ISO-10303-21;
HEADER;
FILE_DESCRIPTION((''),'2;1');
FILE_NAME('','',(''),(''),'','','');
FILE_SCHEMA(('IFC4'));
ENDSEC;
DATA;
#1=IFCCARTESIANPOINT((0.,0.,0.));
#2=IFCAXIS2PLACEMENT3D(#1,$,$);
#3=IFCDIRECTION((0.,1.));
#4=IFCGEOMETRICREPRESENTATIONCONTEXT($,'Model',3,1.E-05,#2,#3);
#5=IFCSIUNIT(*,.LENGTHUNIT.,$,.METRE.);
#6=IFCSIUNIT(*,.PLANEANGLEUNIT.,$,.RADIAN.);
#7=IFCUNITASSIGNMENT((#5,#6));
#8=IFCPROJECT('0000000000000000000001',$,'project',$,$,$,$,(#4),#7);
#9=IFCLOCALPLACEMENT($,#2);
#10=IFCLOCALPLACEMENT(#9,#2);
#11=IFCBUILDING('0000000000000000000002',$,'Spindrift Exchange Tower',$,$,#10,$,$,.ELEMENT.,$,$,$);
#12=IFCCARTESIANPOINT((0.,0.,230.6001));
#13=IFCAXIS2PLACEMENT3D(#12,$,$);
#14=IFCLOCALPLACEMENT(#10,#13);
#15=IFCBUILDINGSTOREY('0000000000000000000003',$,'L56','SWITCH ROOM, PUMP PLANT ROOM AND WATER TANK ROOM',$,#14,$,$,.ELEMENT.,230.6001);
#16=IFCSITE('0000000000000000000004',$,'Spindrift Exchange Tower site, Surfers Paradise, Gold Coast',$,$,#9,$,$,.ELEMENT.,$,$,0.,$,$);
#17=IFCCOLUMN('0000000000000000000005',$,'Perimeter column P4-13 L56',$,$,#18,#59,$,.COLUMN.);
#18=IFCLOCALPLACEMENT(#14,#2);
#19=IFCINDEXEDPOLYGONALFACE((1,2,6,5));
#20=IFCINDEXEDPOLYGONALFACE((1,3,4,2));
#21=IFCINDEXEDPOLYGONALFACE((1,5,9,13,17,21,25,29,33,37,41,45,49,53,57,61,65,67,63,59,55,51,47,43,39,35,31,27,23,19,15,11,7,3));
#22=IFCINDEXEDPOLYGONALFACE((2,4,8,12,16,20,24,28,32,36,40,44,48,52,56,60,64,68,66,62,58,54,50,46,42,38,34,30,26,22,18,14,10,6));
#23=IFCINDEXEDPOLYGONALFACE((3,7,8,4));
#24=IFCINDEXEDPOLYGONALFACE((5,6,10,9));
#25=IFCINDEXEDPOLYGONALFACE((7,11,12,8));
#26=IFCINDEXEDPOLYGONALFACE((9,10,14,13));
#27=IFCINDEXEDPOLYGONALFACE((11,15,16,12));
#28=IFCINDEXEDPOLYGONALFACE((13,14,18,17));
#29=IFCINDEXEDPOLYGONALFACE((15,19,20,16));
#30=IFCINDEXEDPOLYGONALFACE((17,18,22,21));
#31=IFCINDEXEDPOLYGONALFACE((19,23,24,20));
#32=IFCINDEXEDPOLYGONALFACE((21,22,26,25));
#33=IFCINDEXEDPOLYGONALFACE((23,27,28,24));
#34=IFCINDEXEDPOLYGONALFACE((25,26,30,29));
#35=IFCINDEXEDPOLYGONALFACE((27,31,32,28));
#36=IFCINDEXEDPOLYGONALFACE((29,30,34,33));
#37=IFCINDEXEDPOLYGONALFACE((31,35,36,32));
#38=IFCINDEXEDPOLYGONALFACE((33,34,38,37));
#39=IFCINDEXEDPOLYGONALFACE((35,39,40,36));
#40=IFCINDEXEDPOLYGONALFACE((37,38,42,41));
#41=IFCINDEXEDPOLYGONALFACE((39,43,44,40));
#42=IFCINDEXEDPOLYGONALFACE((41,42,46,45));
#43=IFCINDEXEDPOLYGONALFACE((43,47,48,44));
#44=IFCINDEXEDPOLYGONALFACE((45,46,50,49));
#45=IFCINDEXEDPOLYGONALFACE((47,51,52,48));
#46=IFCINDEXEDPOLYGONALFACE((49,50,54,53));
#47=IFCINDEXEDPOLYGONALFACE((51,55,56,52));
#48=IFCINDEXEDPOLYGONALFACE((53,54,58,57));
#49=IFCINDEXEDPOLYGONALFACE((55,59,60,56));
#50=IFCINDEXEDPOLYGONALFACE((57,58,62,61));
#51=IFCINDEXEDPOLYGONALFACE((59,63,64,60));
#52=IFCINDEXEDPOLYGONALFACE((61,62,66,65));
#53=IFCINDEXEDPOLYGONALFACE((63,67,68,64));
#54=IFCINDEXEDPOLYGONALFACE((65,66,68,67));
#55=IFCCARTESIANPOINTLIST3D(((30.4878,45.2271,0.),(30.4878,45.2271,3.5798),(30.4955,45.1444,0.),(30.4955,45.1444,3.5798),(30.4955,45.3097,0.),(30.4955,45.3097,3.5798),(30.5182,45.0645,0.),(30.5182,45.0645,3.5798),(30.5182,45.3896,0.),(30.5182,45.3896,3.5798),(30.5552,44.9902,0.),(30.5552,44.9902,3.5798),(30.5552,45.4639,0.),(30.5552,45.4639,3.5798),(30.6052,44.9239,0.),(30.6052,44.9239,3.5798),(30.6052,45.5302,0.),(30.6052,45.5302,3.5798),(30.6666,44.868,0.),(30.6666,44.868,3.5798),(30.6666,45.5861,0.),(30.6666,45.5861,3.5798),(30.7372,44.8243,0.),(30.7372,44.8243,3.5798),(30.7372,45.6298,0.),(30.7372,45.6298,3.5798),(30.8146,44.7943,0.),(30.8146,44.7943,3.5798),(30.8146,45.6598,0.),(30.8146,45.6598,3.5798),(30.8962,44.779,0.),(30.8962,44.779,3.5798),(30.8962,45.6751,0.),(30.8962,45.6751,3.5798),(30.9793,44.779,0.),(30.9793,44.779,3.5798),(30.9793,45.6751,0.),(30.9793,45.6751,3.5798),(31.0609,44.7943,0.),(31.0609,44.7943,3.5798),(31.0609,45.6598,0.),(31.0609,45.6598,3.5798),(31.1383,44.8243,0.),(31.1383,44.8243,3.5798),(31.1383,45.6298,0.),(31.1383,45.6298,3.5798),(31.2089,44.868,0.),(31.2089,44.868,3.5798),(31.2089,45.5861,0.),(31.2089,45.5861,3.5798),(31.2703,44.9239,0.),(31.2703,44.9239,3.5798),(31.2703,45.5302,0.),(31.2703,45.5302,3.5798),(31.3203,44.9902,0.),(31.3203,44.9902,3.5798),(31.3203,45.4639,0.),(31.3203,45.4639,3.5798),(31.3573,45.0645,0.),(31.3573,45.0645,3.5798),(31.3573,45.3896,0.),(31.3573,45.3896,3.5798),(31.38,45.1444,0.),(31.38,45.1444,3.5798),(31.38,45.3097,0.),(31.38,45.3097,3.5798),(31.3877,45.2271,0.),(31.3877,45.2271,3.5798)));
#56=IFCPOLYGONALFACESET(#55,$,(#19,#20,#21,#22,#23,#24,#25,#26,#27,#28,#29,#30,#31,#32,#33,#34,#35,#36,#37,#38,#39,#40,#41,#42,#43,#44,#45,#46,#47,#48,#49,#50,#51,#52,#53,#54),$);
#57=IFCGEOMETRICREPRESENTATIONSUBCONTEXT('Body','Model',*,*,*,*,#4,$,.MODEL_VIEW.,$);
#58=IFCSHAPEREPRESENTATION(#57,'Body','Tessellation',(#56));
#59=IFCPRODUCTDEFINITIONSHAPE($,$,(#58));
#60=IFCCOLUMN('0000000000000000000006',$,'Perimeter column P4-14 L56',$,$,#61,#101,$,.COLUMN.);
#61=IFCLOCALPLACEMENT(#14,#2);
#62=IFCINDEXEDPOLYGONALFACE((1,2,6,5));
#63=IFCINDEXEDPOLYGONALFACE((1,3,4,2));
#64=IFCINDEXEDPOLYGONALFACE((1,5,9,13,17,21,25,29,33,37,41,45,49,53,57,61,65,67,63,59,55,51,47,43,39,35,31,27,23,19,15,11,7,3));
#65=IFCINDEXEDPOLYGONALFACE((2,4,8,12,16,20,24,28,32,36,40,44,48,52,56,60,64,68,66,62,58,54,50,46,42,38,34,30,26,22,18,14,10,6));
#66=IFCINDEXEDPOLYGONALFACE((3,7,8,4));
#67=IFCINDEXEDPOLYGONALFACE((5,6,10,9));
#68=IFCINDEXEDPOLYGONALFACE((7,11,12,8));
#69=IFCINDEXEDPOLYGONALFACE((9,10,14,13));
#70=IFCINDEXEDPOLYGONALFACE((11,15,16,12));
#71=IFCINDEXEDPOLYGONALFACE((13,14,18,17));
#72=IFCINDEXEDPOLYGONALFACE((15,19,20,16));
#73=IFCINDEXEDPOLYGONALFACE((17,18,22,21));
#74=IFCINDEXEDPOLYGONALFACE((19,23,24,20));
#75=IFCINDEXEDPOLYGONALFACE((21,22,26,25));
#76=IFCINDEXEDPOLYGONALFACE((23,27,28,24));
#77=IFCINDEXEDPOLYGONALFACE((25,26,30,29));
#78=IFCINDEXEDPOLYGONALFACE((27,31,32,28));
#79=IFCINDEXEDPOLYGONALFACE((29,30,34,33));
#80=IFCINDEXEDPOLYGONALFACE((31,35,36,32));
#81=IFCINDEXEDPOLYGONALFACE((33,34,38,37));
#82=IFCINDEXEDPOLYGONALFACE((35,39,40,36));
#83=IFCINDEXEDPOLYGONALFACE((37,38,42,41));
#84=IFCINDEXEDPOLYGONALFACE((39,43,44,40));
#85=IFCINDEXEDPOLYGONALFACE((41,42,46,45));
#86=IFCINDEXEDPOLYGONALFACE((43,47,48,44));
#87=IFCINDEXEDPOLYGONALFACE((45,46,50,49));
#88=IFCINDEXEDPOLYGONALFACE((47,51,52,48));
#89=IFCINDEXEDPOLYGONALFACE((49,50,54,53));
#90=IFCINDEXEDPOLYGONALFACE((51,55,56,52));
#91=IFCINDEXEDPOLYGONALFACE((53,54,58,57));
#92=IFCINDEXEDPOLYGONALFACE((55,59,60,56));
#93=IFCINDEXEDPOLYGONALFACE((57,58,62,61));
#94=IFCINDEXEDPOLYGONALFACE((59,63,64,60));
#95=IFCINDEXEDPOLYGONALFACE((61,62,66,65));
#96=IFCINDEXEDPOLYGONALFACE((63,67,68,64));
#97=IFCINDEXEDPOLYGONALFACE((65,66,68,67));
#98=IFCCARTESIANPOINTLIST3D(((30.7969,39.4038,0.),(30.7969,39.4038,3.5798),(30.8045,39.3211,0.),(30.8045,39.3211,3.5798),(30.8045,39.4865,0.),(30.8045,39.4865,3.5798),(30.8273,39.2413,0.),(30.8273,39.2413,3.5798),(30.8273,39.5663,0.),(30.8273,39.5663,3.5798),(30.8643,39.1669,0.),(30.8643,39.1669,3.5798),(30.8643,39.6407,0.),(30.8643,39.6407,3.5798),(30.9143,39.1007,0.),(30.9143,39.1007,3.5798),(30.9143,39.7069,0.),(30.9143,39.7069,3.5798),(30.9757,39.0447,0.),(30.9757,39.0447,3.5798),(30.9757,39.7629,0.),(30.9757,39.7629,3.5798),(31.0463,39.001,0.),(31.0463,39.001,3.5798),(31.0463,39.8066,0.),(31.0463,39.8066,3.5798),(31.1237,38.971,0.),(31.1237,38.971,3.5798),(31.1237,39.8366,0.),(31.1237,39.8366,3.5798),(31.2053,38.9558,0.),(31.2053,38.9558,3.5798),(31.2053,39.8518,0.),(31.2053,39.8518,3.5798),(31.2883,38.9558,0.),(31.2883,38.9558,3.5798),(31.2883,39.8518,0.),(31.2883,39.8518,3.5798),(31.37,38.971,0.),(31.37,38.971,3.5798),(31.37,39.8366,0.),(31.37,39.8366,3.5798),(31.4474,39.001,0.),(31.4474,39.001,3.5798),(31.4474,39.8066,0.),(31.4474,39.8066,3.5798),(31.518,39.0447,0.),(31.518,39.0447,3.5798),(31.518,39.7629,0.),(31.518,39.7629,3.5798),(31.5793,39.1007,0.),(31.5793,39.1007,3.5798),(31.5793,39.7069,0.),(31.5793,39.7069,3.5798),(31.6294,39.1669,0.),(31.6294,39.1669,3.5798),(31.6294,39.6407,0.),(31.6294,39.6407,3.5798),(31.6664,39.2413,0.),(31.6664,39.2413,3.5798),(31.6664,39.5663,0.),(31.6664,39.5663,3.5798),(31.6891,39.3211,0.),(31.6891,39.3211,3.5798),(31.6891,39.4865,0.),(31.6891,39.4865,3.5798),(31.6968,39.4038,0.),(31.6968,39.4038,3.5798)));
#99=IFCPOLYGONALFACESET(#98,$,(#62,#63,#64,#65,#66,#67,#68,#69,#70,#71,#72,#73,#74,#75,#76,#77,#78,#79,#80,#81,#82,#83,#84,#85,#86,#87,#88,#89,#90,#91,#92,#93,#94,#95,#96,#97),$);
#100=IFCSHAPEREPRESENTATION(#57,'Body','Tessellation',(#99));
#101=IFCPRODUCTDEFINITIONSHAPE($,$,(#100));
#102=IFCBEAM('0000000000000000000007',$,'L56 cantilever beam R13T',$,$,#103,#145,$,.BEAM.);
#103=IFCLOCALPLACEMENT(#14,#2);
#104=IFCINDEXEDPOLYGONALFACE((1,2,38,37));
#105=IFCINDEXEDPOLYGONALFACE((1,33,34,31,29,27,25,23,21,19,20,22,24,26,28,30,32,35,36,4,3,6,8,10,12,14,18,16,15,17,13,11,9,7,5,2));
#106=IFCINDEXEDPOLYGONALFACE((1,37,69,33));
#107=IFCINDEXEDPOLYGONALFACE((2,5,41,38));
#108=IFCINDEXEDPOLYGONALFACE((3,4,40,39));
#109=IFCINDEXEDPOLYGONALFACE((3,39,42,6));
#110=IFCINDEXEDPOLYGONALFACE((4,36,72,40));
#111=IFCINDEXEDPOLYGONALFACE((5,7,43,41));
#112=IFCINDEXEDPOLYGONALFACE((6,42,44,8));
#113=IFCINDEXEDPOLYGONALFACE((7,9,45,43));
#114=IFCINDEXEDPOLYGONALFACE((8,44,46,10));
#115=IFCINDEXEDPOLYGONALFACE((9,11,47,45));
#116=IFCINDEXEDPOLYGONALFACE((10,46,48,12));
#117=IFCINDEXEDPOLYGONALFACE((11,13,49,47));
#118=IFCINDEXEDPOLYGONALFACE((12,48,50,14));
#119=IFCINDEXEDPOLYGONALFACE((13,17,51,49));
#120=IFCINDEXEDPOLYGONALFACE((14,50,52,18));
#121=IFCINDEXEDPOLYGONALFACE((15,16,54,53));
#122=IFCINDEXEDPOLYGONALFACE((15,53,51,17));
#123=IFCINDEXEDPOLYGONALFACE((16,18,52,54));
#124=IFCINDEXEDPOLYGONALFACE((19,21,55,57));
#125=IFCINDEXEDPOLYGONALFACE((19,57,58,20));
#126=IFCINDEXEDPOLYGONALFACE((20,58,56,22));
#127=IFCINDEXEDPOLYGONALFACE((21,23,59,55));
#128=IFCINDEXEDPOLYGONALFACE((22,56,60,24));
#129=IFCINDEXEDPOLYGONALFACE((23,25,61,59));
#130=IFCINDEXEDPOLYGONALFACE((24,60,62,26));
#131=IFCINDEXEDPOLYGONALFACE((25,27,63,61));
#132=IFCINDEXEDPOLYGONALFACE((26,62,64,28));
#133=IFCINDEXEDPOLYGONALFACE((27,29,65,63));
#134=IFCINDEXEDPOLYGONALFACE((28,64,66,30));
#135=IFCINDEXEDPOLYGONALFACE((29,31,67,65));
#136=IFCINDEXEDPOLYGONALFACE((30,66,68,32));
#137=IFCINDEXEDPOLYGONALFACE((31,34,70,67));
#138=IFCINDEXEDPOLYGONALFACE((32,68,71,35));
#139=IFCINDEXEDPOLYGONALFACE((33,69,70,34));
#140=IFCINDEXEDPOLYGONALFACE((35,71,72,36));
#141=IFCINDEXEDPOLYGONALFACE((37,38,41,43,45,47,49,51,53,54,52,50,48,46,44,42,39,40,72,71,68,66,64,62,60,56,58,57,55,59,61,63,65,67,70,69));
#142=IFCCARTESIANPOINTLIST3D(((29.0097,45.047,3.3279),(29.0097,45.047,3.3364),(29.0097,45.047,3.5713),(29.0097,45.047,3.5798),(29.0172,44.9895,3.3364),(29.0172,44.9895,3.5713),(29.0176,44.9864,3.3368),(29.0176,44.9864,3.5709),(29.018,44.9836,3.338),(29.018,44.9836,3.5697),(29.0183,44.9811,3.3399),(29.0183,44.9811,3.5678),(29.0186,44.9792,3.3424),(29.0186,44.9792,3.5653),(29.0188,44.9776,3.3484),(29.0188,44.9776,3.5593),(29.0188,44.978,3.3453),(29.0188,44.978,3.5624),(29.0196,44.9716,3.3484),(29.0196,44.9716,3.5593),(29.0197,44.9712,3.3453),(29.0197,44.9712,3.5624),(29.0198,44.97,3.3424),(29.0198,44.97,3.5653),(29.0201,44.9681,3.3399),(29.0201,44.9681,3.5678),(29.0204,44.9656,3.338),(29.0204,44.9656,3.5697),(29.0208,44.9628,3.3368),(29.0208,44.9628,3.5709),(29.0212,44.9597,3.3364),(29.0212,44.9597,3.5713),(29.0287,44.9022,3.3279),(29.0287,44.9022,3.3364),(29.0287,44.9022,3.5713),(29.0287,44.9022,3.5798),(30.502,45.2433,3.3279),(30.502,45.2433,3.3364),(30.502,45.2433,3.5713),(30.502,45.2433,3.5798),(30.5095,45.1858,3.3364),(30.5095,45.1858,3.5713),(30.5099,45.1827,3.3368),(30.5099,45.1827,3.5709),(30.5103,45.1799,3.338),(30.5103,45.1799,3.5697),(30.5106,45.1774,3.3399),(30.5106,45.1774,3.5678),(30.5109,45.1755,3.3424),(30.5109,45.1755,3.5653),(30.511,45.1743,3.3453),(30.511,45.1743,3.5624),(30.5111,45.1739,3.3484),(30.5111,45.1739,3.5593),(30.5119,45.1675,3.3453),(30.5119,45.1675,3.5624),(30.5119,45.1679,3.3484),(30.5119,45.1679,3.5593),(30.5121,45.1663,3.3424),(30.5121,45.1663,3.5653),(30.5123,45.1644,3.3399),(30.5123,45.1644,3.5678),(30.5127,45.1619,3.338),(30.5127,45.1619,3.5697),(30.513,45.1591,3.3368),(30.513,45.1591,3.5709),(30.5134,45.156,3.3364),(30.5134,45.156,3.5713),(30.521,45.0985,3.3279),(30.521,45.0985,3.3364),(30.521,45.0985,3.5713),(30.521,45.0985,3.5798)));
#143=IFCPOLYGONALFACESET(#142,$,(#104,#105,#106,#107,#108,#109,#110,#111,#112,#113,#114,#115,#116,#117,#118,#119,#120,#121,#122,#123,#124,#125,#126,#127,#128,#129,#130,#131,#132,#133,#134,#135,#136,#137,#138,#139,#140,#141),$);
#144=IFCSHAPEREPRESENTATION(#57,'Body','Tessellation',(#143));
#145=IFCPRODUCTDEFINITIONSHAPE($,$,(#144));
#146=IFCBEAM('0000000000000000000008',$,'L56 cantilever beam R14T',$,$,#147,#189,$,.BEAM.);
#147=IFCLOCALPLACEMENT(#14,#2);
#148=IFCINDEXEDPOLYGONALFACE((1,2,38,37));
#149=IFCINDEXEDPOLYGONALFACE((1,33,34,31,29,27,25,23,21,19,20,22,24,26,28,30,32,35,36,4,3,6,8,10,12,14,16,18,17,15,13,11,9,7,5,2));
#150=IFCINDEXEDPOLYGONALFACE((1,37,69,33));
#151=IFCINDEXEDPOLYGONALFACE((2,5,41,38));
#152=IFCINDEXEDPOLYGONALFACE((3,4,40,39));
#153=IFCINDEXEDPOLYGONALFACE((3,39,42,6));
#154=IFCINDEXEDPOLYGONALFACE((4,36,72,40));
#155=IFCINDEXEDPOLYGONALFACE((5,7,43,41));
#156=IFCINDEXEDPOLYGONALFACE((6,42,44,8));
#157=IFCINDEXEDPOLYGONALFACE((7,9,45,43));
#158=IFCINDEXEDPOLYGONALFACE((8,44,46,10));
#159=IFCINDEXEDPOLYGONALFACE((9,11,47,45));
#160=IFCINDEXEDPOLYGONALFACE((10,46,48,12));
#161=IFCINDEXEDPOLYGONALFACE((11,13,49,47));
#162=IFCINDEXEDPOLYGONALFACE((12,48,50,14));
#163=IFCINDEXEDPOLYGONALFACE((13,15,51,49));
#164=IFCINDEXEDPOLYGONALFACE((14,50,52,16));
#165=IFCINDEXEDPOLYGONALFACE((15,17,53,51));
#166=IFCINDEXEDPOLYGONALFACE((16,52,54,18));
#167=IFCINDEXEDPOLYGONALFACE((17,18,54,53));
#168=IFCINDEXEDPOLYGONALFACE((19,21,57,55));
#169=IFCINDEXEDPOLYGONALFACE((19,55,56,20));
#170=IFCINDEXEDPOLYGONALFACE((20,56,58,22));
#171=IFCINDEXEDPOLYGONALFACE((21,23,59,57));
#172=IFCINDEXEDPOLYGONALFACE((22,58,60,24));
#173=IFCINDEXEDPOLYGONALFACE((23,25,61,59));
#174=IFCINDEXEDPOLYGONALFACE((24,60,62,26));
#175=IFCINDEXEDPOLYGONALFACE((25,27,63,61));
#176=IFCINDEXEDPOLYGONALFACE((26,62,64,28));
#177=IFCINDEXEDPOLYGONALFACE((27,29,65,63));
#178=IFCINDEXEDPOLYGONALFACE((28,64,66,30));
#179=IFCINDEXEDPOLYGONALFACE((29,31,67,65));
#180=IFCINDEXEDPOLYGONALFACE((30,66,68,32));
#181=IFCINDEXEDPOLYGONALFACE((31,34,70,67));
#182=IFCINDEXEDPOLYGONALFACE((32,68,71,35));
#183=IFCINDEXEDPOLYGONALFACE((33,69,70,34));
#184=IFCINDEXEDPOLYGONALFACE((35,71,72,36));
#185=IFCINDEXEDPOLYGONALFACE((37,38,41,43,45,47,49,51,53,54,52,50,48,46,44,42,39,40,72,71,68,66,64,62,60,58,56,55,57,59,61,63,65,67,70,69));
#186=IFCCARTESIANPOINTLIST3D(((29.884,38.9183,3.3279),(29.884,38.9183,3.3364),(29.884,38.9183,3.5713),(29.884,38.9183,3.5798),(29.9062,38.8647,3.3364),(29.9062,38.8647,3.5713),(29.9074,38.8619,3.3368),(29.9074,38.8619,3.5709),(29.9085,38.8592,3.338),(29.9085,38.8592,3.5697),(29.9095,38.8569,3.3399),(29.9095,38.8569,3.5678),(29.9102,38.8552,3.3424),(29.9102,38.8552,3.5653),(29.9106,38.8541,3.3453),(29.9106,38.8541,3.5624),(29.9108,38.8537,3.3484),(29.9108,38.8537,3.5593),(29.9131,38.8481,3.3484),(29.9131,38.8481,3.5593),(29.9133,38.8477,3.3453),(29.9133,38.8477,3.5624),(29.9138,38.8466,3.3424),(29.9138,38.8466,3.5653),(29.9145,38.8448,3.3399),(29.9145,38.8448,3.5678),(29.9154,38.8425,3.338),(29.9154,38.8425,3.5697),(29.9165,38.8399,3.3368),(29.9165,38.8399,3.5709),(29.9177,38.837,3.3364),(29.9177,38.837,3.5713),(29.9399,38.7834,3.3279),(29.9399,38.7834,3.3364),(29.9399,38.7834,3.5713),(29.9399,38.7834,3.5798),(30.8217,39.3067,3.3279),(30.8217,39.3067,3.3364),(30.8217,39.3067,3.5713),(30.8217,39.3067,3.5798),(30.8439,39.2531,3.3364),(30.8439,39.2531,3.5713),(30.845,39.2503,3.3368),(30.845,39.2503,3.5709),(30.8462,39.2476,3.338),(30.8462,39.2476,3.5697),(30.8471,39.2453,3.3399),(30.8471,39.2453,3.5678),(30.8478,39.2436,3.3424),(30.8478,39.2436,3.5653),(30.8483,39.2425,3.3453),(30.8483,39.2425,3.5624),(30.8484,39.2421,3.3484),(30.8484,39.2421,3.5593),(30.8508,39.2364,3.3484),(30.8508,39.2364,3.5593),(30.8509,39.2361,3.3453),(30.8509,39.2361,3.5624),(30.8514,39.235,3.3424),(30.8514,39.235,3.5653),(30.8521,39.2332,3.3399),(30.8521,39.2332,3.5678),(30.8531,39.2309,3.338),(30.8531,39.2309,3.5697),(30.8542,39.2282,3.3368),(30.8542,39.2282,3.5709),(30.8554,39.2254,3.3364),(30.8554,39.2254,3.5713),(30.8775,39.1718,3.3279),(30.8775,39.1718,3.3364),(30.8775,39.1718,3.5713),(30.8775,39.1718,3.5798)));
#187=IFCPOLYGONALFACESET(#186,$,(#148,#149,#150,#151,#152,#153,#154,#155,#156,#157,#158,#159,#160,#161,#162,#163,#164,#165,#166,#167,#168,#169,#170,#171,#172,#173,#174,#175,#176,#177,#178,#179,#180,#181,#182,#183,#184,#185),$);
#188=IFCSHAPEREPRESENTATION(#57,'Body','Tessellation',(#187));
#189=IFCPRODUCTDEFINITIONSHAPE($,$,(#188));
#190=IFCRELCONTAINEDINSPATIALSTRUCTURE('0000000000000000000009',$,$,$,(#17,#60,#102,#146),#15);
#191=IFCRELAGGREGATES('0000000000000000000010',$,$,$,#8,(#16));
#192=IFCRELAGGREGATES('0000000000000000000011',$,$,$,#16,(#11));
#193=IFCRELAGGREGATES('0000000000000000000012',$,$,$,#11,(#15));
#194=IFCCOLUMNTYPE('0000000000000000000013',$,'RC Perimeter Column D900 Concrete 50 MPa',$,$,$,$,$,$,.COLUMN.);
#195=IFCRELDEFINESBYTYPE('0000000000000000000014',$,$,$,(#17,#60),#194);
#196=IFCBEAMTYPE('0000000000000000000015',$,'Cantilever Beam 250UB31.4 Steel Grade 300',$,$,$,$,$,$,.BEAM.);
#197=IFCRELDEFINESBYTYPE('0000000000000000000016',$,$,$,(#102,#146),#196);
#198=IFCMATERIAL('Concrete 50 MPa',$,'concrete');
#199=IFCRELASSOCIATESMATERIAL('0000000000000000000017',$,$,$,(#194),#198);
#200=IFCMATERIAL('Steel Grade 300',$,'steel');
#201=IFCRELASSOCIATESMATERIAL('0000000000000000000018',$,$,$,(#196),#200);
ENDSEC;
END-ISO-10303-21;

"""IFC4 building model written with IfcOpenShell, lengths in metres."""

from ifc_helpers import new_model, si_unit, direction, frame, origin, origin_2d, place, context, subcontext, project, spatial, circle, i_section, extrude, source, transform, mapped, material, material_profile, profile_set, type_object, element, save


model = new_model("IFC4")

# Units and contexts
model_context = context("Model", 3, precision=1e-05, world=origin(), true_north=direction((0.0, 1.0)))
body_context = subcontext(model_context, "Body", "Model", "MODEL_VIEW")
ifc_project = project(units=[si_unit("LENGTHUNIT", "METRE"), si_unit("PLANEANGLEUNIT", "RADIAN")], contexts=[model_context])

# Site, building, storey
site_placement = place(None, origin())
site = spatial("IfcSite", under=ifc_project, at=site_placement, Name="Spindrift Exchange Tower site, Surfers Paradise, Gold Coast", CompositionType="ELEMENT", RefElevation=0.0)
building_placement = place(site_placement, origin())
building = spatial("IfcBuilding", under=site, at=building_placement, Name="Spindrift Exchange Tower", CompositionType="ELEMENT")
storey_placement = place(building_placement, frame((0.0, 0.0, 230.6001)))
storey = spatial("IfcBuildingStorey", under=building, at=storey_placement, Name="L56", Description="SWITCH ROOM, PUMP PLANT ROOM AND WATER TANK ROOM", CompositionType="ELEMENT", Elevation=230.6001)

# Columns
ifc_material_1 = material(Name="Concrete 50 MPa", Category="concrete")
ifc_material_profile_1 = material_profile(ifc_material_1, circle(Radius=0.45, at=origin_2d()), Name="RC D900")
ifc_profile_set_1 = profile_set([ifc_material_profile_1], Name="Concrete 50 MPa")
column_type = type_object("IfcColumnType", Name="RC Perimeter Column D900 Concrete 50 MPa", PredefinedType="COLUMN", material=ifc_profile_set_1)
shared_shape_1 = source(origin(), body_context, "Body", "SweptSolid", [
    extrude(circle(Radius=0.45, at=origin_2d()), origin(), (0.0, 0.0, 1.0), 3.5798),
])
for number, where, z_axis, x_axis, name in (
    (1, (30.9377, 45.2271, 0.0), (0.0, 0.0, 1.0), (1.0, 0.0, 0.0), "Perimeter column P4-13 L56"),
    (2, (31.2468, 39.4038, 0.0), (0.0, 0.0, 1.0), (1.0, 0.0, 0.0), "Perimeter column P4-14 L56"),
):
    element("IfcColumn", number, at=place(storey_placement, frame(where, z_axis=z_axis, x_axis=x_axis)), inside=storey, type_object=column_type, Name=name, PredefinedType="COLUMN", context=body_context, shape_type="MappedRepresentation", body=[
        mapped(shared_shape_1, transform((0.0, 0.0, 0.0), scale=1.0)),
    ])

# Beams
ifc_material_2 = material(Name="Steel Grade 300", Category="steel")
ifc_material_profile_2 = material_profile(ifc_material_2, i_section(OverallWidth=0.146, OverallDepth=0.252, WebThickness=0.0061, FlangeThickness=0.0085, FilletRadius=0.012, at=origin_2d()), Name="250UB31.4")
ifc_profile_set_2 = profile_set([ifc_material_profile_2], Name="Steel Grade 300")
beam_type_1 = type_object("IfcBeamType", Name="Cantilever Beam 250UB31.4 Steel Grade 300", PredefinedType="BEAM", material=ifc_profile_set_2)
shared_shape_2 = source(origin(), body_context, "Body", "SweptSolid", [
    extrude(i_section(OverallWidth=0.146, OverallDepth=0.252, WebThickness=0.0061, FlangeThickness=0.0085, FilletRadius=0.012, at=origin_2d()), origin(), (0.0, 0.0, 1.0), 1.5051),
])
beam_1_placement = place(storey_placement, frame((30.5115, 45.1709, 3.4539), z_axis=(-0.991459, -0.130421, 0.0), x_axis=(0.130421, -0.991459, 0.0)))
element("IfcBeam", 3, at=beam_1_placement, inside=storey, type_object=beam_type_1, Name="L56 cantilever beam R13T", PredefinedType="BEAM", context=body_context, shape_type="MappedRepresentation", body=[
    mapped(shared_shape_2, transform((0.0, 0.0, 0.0), scale=1.0)),
])
shared_shape_3 = source(origin(), body_context, "Body", "SweptSolid", [
    extrude(i_section(OverallWidth=0.146, OverallDepth=0.252, WebThickness=0.0061, FlangeThickness=0.0085, FilletRadius=0.012, at=origin_2d()), origin(), (0.0, 0.0, 1.0), 1.0149),
])
beam_2_placement = place(storey_placement, frame((30.8496, 39.2393, 3.4539), z_axis=(-0.923879, -0.382685, 0.0), x_axis=(0.382685, -0.923879, 0.0)))
element("IfcBeam", 4, at=beam_2_placement, inside=storey, type_object=beam_type_1, Name="L56 cantilever beam R14T", PredefinedType="BEAM", context=body_context, shape_type="MappedRepresentation", body=[
    mapped(shared_shape_3, transform((0.0, 0.0, 0.0), scale=1.0)),
])

save(model, "model.ifc")
